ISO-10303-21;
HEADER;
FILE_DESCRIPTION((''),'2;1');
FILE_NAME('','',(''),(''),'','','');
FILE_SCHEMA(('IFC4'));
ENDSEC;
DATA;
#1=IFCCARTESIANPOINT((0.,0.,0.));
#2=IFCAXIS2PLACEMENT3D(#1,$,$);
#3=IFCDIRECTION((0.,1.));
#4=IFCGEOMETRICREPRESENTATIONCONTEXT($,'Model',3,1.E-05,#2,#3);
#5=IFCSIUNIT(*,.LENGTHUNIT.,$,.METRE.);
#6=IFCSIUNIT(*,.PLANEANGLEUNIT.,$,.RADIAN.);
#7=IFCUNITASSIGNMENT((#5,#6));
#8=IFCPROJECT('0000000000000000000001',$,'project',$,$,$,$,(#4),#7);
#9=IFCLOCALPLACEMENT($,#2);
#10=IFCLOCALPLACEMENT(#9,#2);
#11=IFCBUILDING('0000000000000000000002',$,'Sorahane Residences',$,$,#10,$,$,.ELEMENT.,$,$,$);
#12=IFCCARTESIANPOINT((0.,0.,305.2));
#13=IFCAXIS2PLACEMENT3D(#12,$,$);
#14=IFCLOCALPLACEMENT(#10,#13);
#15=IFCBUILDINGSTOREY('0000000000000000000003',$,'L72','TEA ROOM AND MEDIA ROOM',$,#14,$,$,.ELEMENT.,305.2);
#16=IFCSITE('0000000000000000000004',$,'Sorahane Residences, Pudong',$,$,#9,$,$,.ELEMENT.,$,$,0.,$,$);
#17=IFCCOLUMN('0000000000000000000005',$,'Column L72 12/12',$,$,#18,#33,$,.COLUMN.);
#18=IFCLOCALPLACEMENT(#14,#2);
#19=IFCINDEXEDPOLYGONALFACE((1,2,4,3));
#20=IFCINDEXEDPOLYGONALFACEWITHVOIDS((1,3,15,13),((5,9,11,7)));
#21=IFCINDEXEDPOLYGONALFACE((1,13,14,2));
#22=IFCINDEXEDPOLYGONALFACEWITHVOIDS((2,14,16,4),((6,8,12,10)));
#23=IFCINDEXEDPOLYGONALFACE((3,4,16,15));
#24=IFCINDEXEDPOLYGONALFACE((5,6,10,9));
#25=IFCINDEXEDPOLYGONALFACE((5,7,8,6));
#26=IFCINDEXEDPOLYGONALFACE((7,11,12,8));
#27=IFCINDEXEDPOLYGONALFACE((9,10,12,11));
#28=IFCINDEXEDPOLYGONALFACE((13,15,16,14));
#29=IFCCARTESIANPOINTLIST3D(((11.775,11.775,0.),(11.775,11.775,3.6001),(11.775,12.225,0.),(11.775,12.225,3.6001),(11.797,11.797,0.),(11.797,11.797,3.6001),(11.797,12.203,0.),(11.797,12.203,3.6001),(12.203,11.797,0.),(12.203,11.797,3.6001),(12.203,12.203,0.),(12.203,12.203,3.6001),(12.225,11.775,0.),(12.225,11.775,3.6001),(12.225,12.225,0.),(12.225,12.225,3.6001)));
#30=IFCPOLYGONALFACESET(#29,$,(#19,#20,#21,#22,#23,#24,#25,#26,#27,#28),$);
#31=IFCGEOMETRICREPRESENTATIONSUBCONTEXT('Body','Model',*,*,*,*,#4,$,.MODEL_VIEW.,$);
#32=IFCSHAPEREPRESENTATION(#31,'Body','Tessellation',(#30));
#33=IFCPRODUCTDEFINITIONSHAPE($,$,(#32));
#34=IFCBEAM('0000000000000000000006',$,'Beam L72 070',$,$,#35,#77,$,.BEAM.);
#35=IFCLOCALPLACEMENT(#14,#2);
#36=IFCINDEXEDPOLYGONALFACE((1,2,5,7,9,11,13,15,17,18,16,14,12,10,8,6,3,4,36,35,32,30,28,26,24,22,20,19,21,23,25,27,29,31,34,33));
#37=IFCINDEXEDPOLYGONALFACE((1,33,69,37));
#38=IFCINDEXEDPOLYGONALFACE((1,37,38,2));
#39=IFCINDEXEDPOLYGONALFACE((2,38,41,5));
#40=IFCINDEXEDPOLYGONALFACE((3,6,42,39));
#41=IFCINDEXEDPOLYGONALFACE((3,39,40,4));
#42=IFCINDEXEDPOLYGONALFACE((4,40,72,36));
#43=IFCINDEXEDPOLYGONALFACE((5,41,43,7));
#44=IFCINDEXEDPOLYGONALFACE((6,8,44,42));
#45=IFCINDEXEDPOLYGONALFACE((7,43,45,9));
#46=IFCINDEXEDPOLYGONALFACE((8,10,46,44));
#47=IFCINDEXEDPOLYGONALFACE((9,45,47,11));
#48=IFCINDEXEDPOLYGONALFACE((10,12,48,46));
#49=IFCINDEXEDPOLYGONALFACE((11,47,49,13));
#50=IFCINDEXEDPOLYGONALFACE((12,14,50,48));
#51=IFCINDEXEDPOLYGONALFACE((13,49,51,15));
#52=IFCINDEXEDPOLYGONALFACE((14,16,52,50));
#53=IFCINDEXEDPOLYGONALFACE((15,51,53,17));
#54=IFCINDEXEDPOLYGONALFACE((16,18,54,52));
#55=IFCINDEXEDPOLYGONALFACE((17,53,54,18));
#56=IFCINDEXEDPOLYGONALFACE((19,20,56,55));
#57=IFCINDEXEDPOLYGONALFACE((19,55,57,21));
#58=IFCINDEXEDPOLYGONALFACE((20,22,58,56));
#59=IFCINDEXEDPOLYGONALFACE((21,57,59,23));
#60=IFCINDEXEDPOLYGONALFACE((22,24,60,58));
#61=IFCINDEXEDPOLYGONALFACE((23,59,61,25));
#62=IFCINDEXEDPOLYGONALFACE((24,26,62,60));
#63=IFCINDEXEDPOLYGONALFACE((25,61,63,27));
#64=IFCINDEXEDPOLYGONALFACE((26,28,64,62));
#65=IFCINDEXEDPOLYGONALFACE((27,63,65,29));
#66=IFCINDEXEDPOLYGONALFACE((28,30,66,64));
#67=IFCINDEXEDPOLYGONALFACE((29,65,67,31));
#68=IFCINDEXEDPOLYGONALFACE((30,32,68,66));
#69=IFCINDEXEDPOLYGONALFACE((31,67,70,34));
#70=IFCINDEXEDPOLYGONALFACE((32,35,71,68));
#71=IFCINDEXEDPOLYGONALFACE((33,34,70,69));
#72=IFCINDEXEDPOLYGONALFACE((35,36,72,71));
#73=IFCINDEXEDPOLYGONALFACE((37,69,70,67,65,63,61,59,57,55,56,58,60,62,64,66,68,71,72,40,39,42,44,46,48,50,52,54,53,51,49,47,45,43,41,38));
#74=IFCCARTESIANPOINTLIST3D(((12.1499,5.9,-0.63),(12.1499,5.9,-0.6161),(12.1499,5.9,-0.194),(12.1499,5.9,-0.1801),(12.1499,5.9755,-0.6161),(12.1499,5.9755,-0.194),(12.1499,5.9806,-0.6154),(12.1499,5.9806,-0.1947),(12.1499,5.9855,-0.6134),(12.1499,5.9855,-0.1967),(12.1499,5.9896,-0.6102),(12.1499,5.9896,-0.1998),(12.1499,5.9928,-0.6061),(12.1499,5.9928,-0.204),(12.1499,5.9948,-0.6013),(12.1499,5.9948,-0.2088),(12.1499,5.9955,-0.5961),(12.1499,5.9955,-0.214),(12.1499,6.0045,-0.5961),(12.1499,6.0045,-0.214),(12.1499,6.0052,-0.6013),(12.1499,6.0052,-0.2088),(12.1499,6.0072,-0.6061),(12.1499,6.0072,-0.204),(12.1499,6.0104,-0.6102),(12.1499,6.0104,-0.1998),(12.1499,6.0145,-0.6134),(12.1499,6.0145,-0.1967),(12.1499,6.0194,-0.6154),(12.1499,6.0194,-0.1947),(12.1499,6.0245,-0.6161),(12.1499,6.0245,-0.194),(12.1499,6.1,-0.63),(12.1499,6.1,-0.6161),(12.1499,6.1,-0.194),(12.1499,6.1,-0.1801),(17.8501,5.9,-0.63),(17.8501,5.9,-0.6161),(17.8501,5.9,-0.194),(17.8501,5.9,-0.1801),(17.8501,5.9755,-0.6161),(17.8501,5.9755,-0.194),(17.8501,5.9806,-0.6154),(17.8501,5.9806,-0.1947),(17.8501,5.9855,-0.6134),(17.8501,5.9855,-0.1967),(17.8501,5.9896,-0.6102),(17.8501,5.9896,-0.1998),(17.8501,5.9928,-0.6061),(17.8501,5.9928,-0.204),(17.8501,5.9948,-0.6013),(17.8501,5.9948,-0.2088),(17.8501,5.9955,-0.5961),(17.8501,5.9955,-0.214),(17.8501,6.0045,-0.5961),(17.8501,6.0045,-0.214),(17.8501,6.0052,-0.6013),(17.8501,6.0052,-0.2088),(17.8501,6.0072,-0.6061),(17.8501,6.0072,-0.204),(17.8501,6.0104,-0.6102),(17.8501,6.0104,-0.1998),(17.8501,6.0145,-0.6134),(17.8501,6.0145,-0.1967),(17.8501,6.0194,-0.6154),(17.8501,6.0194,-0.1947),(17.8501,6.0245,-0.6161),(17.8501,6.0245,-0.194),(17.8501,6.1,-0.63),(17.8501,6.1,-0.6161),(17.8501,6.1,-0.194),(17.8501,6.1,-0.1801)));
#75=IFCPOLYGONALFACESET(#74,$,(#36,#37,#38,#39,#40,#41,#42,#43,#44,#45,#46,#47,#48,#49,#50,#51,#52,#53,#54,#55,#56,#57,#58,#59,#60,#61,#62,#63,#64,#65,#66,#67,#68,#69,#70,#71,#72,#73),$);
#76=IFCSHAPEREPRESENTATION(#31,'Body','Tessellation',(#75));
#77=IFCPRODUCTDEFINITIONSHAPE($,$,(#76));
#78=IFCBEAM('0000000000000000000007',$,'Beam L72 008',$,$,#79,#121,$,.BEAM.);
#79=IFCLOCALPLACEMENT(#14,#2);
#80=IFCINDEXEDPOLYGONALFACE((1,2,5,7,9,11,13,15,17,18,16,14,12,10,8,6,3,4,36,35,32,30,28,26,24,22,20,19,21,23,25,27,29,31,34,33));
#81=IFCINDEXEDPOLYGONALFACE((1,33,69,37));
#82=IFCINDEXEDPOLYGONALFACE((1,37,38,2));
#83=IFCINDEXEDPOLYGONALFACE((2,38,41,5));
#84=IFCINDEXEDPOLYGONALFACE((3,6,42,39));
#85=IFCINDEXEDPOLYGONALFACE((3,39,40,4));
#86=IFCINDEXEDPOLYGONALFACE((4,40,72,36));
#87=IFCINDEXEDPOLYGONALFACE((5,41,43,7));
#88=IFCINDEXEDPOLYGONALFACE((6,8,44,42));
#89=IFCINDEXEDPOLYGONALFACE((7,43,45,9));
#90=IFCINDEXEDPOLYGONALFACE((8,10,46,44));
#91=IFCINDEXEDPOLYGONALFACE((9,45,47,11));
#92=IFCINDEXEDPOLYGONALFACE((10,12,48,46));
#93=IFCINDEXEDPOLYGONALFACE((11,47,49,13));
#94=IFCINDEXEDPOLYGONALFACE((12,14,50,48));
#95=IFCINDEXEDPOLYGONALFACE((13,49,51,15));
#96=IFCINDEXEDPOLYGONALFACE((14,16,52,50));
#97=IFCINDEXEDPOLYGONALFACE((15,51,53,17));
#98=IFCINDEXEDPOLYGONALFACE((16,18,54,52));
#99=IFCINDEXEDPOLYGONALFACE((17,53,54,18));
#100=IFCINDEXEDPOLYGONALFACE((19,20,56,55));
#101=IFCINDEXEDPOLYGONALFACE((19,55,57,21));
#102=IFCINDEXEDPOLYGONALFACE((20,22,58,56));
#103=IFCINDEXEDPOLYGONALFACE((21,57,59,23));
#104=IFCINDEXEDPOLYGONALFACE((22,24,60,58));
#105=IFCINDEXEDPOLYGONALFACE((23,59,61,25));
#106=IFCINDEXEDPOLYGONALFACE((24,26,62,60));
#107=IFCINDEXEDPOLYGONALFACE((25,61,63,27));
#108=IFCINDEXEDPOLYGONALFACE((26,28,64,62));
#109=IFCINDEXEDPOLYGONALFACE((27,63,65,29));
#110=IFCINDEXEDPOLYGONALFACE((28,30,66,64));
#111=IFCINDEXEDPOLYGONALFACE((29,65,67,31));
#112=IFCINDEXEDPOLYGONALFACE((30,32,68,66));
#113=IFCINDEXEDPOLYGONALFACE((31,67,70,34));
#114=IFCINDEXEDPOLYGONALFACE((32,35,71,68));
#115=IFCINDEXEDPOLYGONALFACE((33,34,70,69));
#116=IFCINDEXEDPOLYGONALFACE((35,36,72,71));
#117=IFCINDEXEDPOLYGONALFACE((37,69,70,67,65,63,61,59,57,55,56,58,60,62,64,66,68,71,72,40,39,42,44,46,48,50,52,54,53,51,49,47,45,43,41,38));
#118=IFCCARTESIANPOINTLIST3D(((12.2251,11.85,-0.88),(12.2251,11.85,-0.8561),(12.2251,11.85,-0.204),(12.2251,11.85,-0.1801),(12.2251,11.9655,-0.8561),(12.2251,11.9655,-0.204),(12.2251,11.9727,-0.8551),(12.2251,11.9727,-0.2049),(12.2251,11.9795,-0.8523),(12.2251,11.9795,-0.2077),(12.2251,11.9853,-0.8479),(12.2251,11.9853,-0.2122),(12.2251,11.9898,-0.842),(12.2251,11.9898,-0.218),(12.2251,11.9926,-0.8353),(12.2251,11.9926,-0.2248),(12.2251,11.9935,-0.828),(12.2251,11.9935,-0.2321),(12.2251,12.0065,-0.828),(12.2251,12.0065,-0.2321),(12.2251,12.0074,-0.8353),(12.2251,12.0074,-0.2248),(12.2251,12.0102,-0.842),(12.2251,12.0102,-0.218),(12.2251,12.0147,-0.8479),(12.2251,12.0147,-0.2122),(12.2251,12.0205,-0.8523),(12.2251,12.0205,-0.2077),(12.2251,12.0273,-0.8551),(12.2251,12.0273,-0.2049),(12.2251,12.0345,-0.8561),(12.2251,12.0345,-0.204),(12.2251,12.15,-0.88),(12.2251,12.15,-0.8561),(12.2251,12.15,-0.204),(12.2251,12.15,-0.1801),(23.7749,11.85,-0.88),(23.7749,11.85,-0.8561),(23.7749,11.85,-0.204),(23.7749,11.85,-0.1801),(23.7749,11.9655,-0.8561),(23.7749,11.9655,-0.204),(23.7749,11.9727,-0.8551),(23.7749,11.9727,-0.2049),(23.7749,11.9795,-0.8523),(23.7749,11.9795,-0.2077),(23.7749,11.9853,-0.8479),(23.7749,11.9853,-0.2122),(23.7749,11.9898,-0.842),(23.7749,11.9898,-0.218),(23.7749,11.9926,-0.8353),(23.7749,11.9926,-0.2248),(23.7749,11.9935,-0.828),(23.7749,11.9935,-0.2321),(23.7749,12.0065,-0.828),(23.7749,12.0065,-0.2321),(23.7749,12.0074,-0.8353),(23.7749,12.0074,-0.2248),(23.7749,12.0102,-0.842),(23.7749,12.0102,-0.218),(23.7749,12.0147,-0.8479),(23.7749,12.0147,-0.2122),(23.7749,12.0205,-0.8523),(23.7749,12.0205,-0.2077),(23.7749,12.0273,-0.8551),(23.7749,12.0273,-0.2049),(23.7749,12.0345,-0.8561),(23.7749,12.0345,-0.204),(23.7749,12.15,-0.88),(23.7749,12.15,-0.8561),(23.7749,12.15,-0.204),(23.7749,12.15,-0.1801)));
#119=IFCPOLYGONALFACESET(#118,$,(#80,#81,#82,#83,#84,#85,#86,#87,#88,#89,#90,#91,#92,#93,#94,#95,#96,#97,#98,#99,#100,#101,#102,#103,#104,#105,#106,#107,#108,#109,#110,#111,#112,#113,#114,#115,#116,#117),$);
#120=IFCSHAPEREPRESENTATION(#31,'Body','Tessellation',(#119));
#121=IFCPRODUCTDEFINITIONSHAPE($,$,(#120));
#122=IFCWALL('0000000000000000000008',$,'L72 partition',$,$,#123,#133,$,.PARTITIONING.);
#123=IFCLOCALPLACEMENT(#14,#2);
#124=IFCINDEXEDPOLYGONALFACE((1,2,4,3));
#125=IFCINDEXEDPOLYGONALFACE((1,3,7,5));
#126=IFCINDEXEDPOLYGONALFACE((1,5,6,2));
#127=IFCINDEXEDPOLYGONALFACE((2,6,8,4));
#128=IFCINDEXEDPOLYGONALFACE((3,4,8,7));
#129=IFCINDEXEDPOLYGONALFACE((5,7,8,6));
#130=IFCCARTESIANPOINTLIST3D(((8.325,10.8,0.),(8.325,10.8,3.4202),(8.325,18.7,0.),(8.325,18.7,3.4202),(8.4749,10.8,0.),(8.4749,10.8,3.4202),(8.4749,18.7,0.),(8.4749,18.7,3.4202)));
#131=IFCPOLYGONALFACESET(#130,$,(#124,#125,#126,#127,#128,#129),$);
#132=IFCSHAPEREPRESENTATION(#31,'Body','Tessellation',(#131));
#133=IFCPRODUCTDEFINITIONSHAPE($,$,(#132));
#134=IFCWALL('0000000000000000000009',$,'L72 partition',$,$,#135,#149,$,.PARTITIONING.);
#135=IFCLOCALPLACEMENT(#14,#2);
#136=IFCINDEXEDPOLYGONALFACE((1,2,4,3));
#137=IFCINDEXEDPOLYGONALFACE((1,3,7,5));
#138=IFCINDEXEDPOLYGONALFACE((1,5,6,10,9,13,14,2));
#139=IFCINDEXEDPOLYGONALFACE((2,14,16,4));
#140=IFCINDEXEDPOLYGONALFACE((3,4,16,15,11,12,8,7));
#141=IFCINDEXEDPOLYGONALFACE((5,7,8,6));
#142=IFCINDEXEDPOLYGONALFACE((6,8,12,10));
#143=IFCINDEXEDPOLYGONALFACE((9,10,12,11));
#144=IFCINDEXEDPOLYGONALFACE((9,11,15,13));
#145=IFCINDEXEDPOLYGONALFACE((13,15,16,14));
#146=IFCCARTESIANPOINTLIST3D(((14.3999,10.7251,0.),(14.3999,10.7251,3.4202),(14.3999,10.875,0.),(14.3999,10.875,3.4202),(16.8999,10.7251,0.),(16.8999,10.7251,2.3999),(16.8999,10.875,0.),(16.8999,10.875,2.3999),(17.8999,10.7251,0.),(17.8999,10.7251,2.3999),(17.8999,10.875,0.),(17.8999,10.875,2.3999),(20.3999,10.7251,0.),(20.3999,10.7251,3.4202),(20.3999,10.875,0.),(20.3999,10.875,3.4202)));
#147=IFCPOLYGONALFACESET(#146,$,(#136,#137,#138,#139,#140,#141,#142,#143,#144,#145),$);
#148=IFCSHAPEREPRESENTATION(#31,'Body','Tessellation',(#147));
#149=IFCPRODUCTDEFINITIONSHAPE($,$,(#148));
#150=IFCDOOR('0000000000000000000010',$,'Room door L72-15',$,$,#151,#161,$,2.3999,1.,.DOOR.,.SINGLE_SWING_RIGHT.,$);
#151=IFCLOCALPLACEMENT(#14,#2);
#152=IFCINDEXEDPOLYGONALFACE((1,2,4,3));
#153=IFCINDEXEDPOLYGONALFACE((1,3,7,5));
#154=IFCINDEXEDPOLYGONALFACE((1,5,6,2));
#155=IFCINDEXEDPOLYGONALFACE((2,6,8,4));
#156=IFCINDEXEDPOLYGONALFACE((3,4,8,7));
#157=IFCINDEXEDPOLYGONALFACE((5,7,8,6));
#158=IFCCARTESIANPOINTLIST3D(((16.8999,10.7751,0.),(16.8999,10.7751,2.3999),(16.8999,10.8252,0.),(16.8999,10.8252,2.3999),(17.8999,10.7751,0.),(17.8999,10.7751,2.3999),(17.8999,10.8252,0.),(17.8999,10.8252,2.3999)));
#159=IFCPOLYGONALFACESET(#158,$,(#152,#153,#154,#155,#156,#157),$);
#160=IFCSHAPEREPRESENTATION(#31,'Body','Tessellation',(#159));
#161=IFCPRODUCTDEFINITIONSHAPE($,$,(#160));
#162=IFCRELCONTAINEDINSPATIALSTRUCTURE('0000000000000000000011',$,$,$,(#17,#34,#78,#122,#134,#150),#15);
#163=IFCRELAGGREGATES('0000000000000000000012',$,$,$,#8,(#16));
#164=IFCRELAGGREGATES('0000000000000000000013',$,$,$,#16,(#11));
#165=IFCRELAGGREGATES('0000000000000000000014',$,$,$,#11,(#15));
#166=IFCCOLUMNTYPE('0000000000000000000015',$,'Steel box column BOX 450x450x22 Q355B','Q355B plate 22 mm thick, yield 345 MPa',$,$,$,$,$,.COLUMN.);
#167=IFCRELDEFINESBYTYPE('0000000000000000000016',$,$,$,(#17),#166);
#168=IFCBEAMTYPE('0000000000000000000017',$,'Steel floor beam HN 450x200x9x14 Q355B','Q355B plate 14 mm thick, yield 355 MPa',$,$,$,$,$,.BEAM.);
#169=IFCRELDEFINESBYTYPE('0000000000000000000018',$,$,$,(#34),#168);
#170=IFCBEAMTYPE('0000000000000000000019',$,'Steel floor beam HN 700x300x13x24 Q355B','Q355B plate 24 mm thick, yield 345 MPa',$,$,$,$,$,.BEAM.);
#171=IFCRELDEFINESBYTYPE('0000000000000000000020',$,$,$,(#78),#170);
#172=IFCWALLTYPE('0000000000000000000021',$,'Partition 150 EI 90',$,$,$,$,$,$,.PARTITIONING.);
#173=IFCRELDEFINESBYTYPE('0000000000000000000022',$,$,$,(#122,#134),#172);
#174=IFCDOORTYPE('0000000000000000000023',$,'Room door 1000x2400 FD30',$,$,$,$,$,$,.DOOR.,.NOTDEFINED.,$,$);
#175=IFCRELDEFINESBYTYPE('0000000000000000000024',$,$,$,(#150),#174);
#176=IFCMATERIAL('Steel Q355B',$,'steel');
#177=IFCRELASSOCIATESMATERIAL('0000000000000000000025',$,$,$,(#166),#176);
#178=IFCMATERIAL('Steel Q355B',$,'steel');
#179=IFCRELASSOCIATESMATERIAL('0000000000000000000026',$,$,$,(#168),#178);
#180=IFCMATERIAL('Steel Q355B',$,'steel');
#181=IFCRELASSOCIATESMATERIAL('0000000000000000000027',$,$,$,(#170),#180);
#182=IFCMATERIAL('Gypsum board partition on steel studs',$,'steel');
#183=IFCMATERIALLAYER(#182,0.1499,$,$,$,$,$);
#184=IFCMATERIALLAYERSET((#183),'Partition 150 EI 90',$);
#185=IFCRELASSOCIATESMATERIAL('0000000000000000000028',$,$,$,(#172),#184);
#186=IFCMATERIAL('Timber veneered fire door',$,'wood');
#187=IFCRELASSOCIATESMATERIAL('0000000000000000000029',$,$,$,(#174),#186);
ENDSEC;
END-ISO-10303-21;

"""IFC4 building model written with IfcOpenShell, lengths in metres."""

from ifc_helpers import new_model, si_unit, direction, frame, frame_2d, origin, origin_2d, place, context, subcontext, project, spatial, rectangle, hollow_rectangle, i_section, extrude, material, layer, layer_set, material_profile, profile_set, type_object, element, fill, save


model = new_model("IFC4")

# Units and contexts
model_context = context("Model", 3, precision=1e-05, world=origin(), true_north=direction((0.0, 1.0)))
body_context = subcontext(model_context, "Body", "Model", "MODEL_VIEW")
ifc_project = project(units=[si_unit("LENGTHUNIT", "METRE"), si_unit("PLANEANGLEUNIT", "RADIAN")], contexts=[model_context])

# Site, building, storey
site_placement = place(None, origin())
site = spatial("IfcSite", under=ifc_project, at=site_placement, Name="Sorahane Residences, Pudong", CompositionType="ELEMENT", RefElevation=0.0)
building_placement = place(site_placement, origin())
building = spatial("IfcBuilding", under=site, at=building_placement, Name="Sorahane Residences", CompositionType="ELEMENT")
storey_placement = place(building_placement, frame((0.0, 0.0, 305.2)))
storey = spatial("IfcBuildingStorey", under=building, at=storey_placement, Name="L72", Description="TEA ROOM AND MEDIA ROOM", CompositionType="ELEMENT", Elevation=305.2)

# Column
ifc_material_1 = material(Name="Steel Q355B", Category="steel")
ifc_material_profile_1 = material_profile(ifc_material_1, hollow_rectangle(XDim=0.45, YDim=0.45, WallThickness=0.022, at=origin_2d()), Name="BOX 450x450x22")
ifc_profile_set_1 = profile_set([ifc_material_profile_1], Name="Steel Q355B")
column_type = type_object("IfcColumnType", Name="Steel box column BOX 450x450x22 Q355B", Description="Q355B plate 22 mm thick, yield 345 MPa", PredefinedType="COLUMN", material=ifc_profile_set_1)
column_placement = place(storey_placement, frame((12.0, 12.0, 0.0), z_axis=(0.0, 0.0, 1.0), x_axis=(1.0, 0.0, 0.0)))
element("IfcColumn", 1, at=column_placement, inside=storey, type_object=column_type, Name="Column L72 12/12", PredefinedType="COLUMN", context=body_context, shape_type="SweptSolid", body=[
    extrude(hollow_rectangle(XDim=0.45, YDim=0.45, WallThickness=0.022, at=origin_2d()), origin(), (0.0, 0.0, 1.0), 3.6001),
])

# Beams
ifc_material_2 = material(Name="Steel Q355B", Category="steel")
ifc_material_profile_2 = material_profile(ifc_material_2, i_section(OverallWidth=0.2, OverallDepth=0.45, WebThickness=0.009, FlangeThickness=0.0139, FilletRadius=0.02, at=origin_2d()), Name="HN 450x200x9x14")
ifc_profile_set_2 = profile_set([ifc_material_profile_2], Name="Steel Q355B")
beam_type_1 = type_object("IfcBeamType", Name="Steel floor beam HN 450x200x9x14 Q355B", Description="Q355B plate 14 mm thick, yield 355 MPa", PredefinedType="BEAM", material=ifc_profile_set_2)
beam_1_placement = place(storey_placement, frame((12.1499, 6.0, -0.405), z_axis=(1.0, 0.0, 0.0), x_axis=(0.0, 1.0, 0.0)))
element("IfcBeam", 2, at=beam_1_placement, inside=storey, type_object=beam_type_1, Name="Beam L72 070", PredefinedType="BEAM", context=body_context, shape_type="SweptSolid", body=[
    extrude(i_section(OverallWidth=0.2, OverallDepth=0.45, WebThickness=0.009, FlangeThickness=0.0139, FilletRadius=0.02, at=origin_2d()), origin(), (0.0, 0.0, 1.0), 5.7002),
])
ifc_material_3 = material(Name="Steel Q355B", Category="steel")
ifc_material_profile_3 = material_profile(ifc_material_3, i_section(OverallWidth=0.3, OverallDepth=0.7, WebThickness=0.0129, FlangeThickness=0.0239, FilletRadius=0.0281, at=origin_2d()), Name="HN 700x300x13x24")
ifc_profile_set_3 = profile_set([ifc_material_profile_3], Name="Steel Q355B")
beam_type_2 = type_object("IfcBeamType", Name="Steel floor beam HN 700x300x13x24 Q355B", Description="Q355B plate 24 mm thick, yield 345 MPa", PredefinedType="BEAM", material=ifc_profile_set_3)
beam_2_placement = place(storey_placement, frame((12.2251, 12.0, -0.53), z_axis=(1.0, 0.0, 0.0), x_axis=(0.0, 1.0, 0.0)))
element("IfcBeam", 3, at=beam_2_placement, inside=storey, type_object=beam_type_2, Name="Beam L72 008", PredefinedType="BEAM", context=body_context, shape_type="SweptSolid", body=[
    extrude(i_section(OverallWidth=0.3, OverallDepth=0.7, WebThickness=0.0129, FlangeThickness=0.0239, FilletRadius=0.0281, at=origin_2d()), origin(), (0.0, 0.0, 1.0), 11.5498),
])

# Wall
ifc_material_4 = material(Name="Gypsum board partition on steel studs", Category="steel")
ifc_layer_1 = layer(ifc_material_4, 0.1499)
ifc_layer_set_1 = layer_set([ifc_layer_1], Name="Partition 150 EI 90")
wall_type_1 = type_object("IfcWallType", Name="Partition 150 EI 90", PredefinedType="PARTITIONING", material=ifc_layer_set_1)
wall_1_placement = place(storey_placement, frame((8.3999, 10.8, 0.0), z_axis=(0.0, 0.0, 1.0), x_axis=(0.0, 1.0, 0.0)))
element("IfcWall", 4, at=wall_1_placement, inside=storey, type_object=wall_type_1, Name="L72 partition", PredefinedType="PARTITIONING", context=body_context, shape_type="SweptSolid", body=[
    extrude(rectangle(XDim=7.8999, YDim=0.1499, at=frame_2d((3.95, 0.0))), origin(), (0.0, 0.0, 1.0), 3.4202),
])

# Wall, opening, door
wall_2_placement = place(storey_placement, frame((14.3999, 10.8, 0.0), z_axis=(0.0, 0.0, 1.0), x_axis=(1.0, 0.0, 0.0)))
wall_2 = element("IfcWall", 5, at=wall_2_placement, inside=storey, type_object=wall_type_1, Name="L72 partition", PredefinedType="PARTITIONING", context=body_context, shape_type="SweptSolid", body=[
    extrude(rectangle(XDim=6.0, YDim=0.1499, at=frame_2d((3.0, 0.0))), origin(), (0.0, 0.0, 1.0), 3.4202),
])
opening_1_placement = place(wall_2_placement, frame((2.5, 0.0, 0.0)))
opening_1 = element("IfcOpeningElement", 6, at=opening_1_placement, cuts=wall_2, PredefinedType="OPENING", context=body_context, shape_type="SweptSolid", body=[
    extrude(rectangle(XDim=1.0, YDim=2.3999, at=frame_2d((0.5, 1.2))), frame((0.0, 0.085, 0.0), z_axis=(0.0, -1.0, 0.0), x_axis=(1.0, 0.0, 0.0)), (0.0, 0.0, 1.0), 0.1699),
])
ifc_material_5 = material(Name="Timber veneered fire door", Category="wood")
door_type_1 = type_object("IfcDoorType", Name="Room door 1000x2400 FD30", OperationType="NOTDEFINED", PredefinedType="DOOR", material=ifc_material_5)
door_1_placement = place(opening_1_placement, frame((1.0, 0.0, 0.0), z_axis=(0.0, 0.0, 1.0), x_axis=(-1.0, 0.0, 0.0)))
door_1 = element("IfcDoor", 7, at=door_1_placement, inside=storey, type_object=door_type_1, Name="Room door L72-15", OperationType="SINGLE_SWING_RIGHT", OverallHeight=2.3999, OverallWidth=1.0, PredefinedType="DOOR", context=body_context, shape_type="SweptSolid", body=[
    extrude(rectangle(XDim=1.0, YDim=2.3999, at=frame_2d((0.5, 1.2))), frame((0.0, 0.0249, 0.0), z_axis=(0.0, -1.0, 0.0), x_axis=(1.0, 0.0, 0.0)), (0.0, 0.0, 1.0), 0.05),
])
fill(opening_1, door_1)

save(model, "model.ifc")
